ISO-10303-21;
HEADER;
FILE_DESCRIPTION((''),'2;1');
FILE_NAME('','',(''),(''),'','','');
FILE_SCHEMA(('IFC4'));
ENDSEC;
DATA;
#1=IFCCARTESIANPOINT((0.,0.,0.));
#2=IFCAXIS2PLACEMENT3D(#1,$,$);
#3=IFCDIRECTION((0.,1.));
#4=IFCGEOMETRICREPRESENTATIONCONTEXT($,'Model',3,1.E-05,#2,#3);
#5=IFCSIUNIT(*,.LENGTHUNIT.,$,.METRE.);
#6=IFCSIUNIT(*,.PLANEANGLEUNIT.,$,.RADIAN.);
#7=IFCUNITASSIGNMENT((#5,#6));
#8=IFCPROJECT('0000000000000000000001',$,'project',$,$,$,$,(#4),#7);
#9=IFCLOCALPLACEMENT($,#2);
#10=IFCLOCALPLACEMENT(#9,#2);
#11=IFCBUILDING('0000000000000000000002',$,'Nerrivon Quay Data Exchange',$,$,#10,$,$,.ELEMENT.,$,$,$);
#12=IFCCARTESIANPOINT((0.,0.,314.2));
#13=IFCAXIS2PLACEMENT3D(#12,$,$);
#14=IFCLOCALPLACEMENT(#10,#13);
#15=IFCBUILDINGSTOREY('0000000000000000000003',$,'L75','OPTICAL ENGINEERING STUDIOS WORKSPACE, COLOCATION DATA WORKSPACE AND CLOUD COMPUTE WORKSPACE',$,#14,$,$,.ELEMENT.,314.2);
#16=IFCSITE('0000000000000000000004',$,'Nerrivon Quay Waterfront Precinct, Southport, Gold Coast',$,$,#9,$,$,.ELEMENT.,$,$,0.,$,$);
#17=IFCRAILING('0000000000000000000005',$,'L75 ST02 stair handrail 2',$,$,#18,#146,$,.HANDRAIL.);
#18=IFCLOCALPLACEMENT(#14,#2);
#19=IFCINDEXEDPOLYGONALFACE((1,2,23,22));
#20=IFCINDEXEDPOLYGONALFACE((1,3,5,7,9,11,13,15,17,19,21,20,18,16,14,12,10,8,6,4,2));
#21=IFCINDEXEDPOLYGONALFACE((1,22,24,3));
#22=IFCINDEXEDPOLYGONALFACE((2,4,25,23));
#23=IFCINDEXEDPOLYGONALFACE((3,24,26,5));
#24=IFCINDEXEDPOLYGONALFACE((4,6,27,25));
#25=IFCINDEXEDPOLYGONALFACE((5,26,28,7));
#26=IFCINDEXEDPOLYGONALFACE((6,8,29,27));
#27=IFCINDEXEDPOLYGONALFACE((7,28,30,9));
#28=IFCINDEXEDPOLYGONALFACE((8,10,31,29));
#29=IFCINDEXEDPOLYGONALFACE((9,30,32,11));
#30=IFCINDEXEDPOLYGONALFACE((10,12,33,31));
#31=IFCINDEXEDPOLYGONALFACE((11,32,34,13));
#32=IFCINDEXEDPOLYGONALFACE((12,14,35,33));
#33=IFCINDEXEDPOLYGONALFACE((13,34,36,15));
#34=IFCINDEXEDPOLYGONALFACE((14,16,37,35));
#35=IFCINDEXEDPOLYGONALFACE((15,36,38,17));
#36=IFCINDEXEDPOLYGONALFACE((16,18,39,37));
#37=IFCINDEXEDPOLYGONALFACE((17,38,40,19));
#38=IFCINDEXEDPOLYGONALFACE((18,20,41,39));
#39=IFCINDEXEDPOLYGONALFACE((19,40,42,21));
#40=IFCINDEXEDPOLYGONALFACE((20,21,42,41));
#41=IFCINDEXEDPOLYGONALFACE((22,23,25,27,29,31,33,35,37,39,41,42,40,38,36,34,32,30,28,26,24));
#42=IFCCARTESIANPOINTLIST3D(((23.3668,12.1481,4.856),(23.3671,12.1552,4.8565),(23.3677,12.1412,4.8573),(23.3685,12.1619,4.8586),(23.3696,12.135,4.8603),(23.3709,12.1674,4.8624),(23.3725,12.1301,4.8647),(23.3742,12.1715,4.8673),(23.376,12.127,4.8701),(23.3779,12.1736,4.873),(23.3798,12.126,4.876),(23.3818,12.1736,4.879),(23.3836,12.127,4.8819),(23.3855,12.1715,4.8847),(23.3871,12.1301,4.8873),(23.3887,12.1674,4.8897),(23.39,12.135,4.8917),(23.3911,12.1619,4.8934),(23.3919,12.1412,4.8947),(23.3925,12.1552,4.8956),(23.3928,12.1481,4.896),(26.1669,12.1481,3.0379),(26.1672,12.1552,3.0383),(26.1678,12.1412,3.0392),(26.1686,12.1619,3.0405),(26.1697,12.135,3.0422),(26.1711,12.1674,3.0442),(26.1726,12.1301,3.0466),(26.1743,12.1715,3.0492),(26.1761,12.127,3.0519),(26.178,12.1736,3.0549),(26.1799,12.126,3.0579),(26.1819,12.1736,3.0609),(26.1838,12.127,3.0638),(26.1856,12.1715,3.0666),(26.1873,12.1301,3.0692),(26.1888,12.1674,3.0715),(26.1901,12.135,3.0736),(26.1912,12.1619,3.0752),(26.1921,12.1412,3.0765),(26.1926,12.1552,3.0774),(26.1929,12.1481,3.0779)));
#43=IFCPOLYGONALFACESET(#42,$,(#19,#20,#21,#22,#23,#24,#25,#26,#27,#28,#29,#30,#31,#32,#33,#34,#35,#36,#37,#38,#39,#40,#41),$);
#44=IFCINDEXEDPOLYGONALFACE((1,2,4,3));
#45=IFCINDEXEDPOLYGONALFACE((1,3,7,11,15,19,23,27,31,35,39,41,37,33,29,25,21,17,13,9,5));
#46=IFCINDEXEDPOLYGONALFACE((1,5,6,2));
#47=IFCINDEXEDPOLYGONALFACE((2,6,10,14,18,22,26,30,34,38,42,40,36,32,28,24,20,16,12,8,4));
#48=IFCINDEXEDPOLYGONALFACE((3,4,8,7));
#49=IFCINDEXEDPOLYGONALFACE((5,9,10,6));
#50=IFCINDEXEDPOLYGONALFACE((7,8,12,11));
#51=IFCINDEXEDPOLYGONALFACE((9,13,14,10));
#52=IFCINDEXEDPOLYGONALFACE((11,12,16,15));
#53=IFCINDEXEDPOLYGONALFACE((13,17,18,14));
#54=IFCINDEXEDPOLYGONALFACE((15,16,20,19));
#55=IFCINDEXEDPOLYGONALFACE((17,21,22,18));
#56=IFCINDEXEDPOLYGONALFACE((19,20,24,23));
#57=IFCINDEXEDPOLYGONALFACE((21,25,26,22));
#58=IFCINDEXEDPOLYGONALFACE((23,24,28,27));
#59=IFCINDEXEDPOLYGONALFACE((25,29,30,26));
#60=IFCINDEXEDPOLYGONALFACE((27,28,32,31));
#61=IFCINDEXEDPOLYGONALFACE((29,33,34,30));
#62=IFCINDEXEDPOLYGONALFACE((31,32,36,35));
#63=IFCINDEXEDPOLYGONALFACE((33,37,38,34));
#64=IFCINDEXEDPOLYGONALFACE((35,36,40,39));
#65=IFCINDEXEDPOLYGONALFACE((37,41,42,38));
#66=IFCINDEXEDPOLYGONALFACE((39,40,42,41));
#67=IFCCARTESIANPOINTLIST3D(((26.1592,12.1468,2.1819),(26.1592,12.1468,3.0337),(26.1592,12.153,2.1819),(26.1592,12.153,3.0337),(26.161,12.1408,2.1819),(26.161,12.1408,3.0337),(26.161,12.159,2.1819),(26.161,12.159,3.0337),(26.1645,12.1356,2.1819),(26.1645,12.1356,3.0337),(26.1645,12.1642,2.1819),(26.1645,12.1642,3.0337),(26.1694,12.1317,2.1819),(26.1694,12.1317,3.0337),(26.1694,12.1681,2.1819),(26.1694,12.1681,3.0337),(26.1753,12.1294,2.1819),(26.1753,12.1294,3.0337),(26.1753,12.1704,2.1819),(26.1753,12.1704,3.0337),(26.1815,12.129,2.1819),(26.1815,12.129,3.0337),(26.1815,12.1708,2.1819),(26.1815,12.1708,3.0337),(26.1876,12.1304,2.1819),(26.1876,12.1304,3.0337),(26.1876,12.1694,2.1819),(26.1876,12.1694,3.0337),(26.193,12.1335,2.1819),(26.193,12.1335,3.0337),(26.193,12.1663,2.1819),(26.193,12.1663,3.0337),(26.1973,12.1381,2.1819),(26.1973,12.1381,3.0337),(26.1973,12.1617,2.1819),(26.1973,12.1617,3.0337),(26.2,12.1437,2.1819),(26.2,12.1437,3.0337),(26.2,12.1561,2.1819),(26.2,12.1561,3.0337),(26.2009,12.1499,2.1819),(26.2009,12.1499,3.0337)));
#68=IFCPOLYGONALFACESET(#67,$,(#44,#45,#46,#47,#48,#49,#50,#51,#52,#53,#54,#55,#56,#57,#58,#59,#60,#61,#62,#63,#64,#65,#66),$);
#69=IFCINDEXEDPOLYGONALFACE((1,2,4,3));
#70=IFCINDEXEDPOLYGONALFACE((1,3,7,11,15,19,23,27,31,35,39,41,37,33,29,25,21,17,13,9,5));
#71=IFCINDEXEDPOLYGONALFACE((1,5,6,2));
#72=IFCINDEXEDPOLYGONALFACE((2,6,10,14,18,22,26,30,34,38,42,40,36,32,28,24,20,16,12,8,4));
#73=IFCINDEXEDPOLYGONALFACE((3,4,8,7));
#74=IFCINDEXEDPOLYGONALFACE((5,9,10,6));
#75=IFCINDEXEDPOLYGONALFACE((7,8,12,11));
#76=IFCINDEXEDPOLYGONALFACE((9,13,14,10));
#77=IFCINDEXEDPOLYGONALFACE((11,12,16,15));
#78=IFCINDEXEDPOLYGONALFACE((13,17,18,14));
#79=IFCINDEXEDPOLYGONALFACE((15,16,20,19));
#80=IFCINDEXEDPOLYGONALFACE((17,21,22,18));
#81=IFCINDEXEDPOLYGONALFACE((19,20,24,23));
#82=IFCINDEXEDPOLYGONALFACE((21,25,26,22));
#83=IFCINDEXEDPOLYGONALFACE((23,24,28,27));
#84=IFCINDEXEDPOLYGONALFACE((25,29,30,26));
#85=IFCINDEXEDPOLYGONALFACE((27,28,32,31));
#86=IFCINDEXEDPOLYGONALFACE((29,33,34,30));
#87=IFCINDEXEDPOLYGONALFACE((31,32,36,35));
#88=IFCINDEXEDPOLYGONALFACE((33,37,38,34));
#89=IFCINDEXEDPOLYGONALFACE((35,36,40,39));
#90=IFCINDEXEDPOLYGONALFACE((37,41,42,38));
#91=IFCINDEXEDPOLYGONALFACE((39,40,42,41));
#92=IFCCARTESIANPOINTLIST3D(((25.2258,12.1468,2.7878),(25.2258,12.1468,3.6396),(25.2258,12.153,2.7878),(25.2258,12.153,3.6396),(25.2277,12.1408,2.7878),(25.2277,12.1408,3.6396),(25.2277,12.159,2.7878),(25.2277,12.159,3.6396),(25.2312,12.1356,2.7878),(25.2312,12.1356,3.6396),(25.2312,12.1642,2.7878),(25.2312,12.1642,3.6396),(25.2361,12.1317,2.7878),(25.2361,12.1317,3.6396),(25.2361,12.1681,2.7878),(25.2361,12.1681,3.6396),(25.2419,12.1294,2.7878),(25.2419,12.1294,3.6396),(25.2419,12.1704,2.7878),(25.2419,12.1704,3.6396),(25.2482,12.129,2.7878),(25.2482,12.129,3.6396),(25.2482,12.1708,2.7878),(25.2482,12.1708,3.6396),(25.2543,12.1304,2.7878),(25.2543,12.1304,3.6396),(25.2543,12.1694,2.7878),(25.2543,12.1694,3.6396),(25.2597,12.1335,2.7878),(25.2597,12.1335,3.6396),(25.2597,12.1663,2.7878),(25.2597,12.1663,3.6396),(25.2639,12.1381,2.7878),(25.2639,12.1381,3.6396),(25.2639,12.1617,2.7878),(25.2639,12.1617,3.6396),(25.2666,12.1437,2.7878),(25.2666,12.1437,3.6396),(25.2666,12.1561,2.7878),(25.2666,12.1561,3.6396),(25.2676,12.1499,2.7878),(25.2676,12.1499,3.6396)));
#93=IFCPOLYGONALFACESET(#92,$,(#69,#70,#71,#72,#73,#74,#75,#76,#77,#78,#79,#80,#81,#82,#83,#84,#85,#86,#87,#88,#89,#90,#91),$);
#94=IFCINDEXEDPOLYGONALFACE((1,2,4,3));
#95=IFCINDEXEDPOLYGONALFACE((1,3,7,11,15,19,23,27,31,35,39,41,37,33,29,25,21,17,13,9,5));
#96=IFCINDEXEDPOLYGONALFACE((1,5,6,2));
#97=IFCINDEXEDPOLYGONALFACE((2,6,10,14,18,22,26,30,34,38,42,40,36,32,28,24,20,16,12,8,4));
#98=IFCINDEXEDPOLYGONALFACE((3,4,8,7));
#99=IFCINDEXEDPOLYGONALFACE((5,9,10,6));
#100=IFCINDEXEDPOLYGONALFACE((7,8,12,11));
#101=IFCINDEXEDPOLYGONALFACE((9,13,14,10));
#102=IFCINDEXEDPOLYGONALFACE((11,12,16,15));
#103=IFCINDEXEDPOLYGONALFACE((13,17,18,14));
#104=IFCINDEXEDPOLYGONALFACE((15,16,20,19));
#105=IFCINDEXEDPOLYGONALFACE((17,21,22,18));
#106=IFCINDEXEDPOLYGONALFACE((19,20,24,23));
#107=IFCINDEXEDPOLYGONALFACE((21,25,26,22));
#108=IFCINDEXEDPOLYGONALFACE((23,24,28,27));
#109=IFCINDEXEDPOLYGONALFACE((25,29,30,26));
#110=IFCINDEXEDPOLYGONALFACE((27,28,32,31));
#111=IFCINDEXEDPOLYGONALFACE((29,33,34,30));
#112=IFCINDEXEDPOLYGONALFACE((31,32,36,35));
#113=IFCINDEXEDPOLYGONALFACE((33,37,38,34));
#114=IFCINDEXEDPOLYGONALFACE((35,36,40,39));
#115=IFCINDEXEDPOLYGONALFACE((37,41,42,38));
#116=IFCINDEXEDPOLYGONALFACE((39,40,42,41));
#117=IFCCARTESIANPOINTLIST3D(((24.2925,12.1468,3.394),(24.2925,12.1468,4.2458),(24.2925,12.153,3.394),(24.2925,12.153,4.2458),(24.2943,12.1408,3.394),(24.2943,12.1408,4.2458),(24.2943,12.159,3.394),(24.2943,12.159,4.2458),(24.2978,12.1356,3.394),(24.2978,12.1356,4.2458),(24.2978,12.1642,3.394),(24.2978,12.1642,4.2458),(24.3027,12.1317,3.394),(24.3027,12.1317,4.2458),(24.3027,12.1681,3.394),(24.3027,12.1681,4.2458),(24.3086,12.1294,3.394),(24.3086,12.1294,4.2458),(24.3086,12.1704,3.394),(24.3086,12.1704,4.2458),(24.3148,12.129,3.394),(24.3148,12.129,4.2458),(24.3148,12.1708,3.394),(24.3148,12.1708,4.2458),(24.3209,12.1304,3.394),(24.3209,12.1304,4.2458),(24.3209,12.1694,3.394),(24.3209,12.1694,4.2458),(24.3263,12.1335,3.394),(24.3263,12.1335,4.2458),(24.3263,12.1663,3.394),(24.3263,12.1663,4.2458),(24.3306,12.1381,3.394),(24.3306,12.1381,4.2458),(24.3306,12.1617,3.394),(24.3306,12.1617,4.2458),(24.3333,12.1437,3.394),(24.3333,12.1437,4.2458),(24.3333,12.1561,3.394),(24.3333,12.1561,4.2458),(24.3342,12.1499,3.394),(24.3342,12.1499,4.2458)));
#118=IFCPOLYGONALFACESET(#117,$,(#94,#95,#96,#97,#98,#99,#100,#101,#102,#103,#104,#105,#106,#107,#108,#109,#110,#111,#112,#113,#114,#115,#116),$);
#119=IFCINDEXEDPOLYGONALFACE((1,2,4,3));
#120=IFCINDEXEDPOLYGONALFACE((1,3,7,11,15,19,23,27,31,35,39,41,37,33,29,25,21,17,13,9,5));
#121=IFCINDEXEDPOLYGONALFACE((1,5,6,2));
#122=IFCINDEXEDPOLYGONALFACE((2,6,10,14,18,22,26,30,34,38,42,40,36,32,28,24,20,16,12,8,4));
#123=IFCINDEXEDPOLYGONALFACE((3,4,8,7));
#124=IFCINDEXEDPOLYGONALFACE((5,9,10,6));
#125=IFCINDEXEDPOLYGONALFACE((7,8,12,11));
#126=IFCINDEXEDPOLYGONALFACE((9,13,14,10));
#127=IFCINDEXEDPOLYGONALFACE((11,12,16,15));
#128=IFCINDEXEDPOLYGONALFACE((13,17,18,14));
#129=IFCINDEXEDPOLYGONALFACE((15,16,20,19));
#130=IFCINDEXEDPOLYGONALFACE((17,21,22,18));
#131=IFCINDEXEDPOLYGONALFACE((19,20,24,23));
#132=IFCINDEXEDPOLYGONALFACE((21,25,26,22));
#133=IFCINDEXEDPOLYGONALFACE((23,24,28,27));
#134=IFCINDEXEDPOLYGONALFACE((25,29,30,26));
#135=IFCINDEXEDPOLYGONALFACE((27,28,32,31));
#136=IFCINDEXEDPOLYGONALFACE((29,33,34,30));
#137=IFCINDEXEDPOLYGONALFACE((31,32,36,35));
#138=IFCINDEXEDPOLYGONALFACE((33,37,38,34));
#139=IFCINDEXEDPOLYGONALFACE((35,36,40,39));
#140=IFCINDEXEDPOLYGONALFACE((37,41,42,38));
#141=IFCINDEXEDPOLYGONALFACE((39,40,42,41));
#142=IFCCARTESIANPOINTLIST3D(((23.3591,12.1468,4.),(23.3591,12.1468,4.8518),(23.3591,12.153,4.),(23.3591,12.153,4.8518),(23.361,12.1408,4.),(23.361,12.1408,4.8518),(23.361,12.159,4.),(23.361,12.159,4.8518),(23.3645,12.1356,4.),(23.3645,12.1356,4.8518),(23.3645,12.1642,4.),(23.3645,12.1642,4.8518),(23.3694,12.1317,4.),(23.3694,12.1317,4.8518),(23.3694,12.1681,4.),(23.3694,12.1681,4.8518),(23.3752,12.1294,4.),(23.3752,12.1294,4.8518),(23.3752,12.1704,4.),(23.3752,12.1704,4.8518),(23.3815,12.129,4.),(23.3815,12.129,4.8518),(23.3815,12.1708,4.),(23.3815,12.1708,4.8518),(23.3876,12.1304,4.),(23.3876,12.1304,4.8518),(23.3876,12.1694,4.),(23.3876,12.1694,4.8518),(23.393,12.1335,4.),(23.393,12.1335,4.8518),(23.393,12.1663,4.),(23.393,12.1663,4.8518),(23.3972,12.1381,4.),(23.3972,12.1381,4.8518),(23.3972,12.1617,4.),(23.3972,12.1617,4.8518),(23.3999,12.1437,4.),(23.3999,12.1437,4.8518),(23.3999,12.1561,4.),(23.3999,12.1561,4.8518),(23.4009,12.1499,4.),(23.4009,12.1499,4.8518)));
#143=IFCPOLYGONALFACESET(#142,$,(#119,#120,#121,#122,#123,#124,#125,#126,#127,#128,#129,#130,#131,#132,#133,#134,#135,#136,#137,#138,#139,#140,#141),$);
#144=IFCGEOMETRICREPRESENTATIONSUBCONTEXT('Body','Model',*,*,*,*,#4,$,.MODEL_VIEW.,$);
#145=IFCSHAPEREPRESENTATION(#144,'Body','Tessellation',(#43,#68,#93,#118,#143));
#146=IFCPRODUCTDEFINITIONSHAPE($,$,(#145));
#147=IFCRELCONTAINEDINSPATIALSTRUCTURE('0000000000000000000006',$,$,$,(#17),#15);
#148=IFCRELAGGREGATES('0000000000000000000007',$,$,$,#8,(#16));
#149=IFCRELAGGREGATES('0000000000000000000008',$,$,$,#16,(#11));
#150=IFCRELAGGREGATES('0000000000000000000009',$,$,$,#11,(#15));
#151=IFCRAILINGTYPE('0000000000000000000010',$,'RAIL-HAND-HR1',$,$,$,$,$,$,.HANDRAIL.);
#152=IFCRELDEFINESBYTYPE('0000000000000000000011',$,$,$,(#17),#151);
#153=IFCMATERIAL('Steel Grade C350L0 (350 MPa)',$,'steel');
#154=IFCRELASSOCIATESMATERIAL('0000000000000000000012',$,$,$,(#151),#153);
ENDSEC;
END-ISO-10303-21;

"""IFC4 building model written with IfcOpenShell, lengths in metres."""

from ifc_helpers import new_model, si_unit, direction, frame, origin, origin_2d, place, context, subcontext, project, spatial, circle, extrude, material, type_object, element, save


model = new_model("IFC4")

# Units and contexts
model_context = context("Model", 3, precision=1e-05, world=origin(), true_north=direction((0.0, 1.0)))
body_context = subcontext(model_context, "Body", "Model", "MODEL_VIEW")
ifc_project = project(units=[si_unit("LENGTHUNIT", "METRE"), si_unit("PLANEANGLEUNIT", "RADIAN")], contexts=[model_context])

# Site, building, storey
site_placement = place(None, origin())
site = spatial("IfcSite", under=ifc_project, at=site_placement, Name="Nerrivon Quay Waterfront Precinct, Southport, Gold Coast", CompositionType="ELEMENT", RefElevation=0.0)
building_placement = place(site_placement, origin())
building = spatial("IfcBuilding", under=site, at=building_placement, Name="Nerrivon Quay Data Exchange", CompositionType="ELEMENT")
storey_placement = place(building_placement, frame((0.0, 0.0, 314.2)))
storey = spatial("IfcBuildingStorey", under=building, at=storey_placement, Name="L75", Description="OPTICAL ENGINEERING STUDIOS WORKSPACE, COLOCATION DATA WORKSPACE AND CLOUD COMPUTE WORKSPACE", CompositionType="ELEMENT", Elevation=314.2)

# Shared definitions
ifc_material_1 = material(Name="Steel Grade C350L0 (350 MPa)", Category="steel")

# Railing
railing_type_1 = type_object("IfcRailingType", Name="RAIL-HAND-HR1", PredefinedType="HANDRAIL", material=ifc_material_1)
railing_1_placement = place(storey_placement, frame((26.1799, 12.1499, 2.1819)))
element("IfcRailing", 1, at=railing_1_placement, inside=storey, type_object=railing_type_1, Name="L75 ST02 stair handrail 2", PredefinedType="HANDRAIL", context=body_context, shape_type="SweptSolid", body=[
    extrude(circle(Radius=0.0239, at=origin_2d()), frame((0.0, 0.0, 0.876), z_axis=(-0.838706, 0.0, 0.544585), x_axis=(0.0, -1.0, 0.0)), (0.0, 0.0, 1.0), 3.3386),
    extrude(circle(Radius=0.021, at=origin_2d()), origin(), (0.0, 0.0, 1.0), 0.8518),
    extrude(circle(Radius=0.021, at=origin_2d()), frame((-0.9333, 0.0, 0.606)), (0.0, 0.0, 1.0), 0.8518),
    extrude(circle(Radius=0.021, at=origin_2d()), frame((-1.8667, 0.0, 1.2122)), (0.0, 0.0, 1.0), 0.8518),
    extrude(circle(Radius=0.021, at=origin_2d()), frame((-2.8, 0.0, 1.8181)), (0.0, 0.0, 1.0), 0.8518),
])

save(model, "model.ifc")
